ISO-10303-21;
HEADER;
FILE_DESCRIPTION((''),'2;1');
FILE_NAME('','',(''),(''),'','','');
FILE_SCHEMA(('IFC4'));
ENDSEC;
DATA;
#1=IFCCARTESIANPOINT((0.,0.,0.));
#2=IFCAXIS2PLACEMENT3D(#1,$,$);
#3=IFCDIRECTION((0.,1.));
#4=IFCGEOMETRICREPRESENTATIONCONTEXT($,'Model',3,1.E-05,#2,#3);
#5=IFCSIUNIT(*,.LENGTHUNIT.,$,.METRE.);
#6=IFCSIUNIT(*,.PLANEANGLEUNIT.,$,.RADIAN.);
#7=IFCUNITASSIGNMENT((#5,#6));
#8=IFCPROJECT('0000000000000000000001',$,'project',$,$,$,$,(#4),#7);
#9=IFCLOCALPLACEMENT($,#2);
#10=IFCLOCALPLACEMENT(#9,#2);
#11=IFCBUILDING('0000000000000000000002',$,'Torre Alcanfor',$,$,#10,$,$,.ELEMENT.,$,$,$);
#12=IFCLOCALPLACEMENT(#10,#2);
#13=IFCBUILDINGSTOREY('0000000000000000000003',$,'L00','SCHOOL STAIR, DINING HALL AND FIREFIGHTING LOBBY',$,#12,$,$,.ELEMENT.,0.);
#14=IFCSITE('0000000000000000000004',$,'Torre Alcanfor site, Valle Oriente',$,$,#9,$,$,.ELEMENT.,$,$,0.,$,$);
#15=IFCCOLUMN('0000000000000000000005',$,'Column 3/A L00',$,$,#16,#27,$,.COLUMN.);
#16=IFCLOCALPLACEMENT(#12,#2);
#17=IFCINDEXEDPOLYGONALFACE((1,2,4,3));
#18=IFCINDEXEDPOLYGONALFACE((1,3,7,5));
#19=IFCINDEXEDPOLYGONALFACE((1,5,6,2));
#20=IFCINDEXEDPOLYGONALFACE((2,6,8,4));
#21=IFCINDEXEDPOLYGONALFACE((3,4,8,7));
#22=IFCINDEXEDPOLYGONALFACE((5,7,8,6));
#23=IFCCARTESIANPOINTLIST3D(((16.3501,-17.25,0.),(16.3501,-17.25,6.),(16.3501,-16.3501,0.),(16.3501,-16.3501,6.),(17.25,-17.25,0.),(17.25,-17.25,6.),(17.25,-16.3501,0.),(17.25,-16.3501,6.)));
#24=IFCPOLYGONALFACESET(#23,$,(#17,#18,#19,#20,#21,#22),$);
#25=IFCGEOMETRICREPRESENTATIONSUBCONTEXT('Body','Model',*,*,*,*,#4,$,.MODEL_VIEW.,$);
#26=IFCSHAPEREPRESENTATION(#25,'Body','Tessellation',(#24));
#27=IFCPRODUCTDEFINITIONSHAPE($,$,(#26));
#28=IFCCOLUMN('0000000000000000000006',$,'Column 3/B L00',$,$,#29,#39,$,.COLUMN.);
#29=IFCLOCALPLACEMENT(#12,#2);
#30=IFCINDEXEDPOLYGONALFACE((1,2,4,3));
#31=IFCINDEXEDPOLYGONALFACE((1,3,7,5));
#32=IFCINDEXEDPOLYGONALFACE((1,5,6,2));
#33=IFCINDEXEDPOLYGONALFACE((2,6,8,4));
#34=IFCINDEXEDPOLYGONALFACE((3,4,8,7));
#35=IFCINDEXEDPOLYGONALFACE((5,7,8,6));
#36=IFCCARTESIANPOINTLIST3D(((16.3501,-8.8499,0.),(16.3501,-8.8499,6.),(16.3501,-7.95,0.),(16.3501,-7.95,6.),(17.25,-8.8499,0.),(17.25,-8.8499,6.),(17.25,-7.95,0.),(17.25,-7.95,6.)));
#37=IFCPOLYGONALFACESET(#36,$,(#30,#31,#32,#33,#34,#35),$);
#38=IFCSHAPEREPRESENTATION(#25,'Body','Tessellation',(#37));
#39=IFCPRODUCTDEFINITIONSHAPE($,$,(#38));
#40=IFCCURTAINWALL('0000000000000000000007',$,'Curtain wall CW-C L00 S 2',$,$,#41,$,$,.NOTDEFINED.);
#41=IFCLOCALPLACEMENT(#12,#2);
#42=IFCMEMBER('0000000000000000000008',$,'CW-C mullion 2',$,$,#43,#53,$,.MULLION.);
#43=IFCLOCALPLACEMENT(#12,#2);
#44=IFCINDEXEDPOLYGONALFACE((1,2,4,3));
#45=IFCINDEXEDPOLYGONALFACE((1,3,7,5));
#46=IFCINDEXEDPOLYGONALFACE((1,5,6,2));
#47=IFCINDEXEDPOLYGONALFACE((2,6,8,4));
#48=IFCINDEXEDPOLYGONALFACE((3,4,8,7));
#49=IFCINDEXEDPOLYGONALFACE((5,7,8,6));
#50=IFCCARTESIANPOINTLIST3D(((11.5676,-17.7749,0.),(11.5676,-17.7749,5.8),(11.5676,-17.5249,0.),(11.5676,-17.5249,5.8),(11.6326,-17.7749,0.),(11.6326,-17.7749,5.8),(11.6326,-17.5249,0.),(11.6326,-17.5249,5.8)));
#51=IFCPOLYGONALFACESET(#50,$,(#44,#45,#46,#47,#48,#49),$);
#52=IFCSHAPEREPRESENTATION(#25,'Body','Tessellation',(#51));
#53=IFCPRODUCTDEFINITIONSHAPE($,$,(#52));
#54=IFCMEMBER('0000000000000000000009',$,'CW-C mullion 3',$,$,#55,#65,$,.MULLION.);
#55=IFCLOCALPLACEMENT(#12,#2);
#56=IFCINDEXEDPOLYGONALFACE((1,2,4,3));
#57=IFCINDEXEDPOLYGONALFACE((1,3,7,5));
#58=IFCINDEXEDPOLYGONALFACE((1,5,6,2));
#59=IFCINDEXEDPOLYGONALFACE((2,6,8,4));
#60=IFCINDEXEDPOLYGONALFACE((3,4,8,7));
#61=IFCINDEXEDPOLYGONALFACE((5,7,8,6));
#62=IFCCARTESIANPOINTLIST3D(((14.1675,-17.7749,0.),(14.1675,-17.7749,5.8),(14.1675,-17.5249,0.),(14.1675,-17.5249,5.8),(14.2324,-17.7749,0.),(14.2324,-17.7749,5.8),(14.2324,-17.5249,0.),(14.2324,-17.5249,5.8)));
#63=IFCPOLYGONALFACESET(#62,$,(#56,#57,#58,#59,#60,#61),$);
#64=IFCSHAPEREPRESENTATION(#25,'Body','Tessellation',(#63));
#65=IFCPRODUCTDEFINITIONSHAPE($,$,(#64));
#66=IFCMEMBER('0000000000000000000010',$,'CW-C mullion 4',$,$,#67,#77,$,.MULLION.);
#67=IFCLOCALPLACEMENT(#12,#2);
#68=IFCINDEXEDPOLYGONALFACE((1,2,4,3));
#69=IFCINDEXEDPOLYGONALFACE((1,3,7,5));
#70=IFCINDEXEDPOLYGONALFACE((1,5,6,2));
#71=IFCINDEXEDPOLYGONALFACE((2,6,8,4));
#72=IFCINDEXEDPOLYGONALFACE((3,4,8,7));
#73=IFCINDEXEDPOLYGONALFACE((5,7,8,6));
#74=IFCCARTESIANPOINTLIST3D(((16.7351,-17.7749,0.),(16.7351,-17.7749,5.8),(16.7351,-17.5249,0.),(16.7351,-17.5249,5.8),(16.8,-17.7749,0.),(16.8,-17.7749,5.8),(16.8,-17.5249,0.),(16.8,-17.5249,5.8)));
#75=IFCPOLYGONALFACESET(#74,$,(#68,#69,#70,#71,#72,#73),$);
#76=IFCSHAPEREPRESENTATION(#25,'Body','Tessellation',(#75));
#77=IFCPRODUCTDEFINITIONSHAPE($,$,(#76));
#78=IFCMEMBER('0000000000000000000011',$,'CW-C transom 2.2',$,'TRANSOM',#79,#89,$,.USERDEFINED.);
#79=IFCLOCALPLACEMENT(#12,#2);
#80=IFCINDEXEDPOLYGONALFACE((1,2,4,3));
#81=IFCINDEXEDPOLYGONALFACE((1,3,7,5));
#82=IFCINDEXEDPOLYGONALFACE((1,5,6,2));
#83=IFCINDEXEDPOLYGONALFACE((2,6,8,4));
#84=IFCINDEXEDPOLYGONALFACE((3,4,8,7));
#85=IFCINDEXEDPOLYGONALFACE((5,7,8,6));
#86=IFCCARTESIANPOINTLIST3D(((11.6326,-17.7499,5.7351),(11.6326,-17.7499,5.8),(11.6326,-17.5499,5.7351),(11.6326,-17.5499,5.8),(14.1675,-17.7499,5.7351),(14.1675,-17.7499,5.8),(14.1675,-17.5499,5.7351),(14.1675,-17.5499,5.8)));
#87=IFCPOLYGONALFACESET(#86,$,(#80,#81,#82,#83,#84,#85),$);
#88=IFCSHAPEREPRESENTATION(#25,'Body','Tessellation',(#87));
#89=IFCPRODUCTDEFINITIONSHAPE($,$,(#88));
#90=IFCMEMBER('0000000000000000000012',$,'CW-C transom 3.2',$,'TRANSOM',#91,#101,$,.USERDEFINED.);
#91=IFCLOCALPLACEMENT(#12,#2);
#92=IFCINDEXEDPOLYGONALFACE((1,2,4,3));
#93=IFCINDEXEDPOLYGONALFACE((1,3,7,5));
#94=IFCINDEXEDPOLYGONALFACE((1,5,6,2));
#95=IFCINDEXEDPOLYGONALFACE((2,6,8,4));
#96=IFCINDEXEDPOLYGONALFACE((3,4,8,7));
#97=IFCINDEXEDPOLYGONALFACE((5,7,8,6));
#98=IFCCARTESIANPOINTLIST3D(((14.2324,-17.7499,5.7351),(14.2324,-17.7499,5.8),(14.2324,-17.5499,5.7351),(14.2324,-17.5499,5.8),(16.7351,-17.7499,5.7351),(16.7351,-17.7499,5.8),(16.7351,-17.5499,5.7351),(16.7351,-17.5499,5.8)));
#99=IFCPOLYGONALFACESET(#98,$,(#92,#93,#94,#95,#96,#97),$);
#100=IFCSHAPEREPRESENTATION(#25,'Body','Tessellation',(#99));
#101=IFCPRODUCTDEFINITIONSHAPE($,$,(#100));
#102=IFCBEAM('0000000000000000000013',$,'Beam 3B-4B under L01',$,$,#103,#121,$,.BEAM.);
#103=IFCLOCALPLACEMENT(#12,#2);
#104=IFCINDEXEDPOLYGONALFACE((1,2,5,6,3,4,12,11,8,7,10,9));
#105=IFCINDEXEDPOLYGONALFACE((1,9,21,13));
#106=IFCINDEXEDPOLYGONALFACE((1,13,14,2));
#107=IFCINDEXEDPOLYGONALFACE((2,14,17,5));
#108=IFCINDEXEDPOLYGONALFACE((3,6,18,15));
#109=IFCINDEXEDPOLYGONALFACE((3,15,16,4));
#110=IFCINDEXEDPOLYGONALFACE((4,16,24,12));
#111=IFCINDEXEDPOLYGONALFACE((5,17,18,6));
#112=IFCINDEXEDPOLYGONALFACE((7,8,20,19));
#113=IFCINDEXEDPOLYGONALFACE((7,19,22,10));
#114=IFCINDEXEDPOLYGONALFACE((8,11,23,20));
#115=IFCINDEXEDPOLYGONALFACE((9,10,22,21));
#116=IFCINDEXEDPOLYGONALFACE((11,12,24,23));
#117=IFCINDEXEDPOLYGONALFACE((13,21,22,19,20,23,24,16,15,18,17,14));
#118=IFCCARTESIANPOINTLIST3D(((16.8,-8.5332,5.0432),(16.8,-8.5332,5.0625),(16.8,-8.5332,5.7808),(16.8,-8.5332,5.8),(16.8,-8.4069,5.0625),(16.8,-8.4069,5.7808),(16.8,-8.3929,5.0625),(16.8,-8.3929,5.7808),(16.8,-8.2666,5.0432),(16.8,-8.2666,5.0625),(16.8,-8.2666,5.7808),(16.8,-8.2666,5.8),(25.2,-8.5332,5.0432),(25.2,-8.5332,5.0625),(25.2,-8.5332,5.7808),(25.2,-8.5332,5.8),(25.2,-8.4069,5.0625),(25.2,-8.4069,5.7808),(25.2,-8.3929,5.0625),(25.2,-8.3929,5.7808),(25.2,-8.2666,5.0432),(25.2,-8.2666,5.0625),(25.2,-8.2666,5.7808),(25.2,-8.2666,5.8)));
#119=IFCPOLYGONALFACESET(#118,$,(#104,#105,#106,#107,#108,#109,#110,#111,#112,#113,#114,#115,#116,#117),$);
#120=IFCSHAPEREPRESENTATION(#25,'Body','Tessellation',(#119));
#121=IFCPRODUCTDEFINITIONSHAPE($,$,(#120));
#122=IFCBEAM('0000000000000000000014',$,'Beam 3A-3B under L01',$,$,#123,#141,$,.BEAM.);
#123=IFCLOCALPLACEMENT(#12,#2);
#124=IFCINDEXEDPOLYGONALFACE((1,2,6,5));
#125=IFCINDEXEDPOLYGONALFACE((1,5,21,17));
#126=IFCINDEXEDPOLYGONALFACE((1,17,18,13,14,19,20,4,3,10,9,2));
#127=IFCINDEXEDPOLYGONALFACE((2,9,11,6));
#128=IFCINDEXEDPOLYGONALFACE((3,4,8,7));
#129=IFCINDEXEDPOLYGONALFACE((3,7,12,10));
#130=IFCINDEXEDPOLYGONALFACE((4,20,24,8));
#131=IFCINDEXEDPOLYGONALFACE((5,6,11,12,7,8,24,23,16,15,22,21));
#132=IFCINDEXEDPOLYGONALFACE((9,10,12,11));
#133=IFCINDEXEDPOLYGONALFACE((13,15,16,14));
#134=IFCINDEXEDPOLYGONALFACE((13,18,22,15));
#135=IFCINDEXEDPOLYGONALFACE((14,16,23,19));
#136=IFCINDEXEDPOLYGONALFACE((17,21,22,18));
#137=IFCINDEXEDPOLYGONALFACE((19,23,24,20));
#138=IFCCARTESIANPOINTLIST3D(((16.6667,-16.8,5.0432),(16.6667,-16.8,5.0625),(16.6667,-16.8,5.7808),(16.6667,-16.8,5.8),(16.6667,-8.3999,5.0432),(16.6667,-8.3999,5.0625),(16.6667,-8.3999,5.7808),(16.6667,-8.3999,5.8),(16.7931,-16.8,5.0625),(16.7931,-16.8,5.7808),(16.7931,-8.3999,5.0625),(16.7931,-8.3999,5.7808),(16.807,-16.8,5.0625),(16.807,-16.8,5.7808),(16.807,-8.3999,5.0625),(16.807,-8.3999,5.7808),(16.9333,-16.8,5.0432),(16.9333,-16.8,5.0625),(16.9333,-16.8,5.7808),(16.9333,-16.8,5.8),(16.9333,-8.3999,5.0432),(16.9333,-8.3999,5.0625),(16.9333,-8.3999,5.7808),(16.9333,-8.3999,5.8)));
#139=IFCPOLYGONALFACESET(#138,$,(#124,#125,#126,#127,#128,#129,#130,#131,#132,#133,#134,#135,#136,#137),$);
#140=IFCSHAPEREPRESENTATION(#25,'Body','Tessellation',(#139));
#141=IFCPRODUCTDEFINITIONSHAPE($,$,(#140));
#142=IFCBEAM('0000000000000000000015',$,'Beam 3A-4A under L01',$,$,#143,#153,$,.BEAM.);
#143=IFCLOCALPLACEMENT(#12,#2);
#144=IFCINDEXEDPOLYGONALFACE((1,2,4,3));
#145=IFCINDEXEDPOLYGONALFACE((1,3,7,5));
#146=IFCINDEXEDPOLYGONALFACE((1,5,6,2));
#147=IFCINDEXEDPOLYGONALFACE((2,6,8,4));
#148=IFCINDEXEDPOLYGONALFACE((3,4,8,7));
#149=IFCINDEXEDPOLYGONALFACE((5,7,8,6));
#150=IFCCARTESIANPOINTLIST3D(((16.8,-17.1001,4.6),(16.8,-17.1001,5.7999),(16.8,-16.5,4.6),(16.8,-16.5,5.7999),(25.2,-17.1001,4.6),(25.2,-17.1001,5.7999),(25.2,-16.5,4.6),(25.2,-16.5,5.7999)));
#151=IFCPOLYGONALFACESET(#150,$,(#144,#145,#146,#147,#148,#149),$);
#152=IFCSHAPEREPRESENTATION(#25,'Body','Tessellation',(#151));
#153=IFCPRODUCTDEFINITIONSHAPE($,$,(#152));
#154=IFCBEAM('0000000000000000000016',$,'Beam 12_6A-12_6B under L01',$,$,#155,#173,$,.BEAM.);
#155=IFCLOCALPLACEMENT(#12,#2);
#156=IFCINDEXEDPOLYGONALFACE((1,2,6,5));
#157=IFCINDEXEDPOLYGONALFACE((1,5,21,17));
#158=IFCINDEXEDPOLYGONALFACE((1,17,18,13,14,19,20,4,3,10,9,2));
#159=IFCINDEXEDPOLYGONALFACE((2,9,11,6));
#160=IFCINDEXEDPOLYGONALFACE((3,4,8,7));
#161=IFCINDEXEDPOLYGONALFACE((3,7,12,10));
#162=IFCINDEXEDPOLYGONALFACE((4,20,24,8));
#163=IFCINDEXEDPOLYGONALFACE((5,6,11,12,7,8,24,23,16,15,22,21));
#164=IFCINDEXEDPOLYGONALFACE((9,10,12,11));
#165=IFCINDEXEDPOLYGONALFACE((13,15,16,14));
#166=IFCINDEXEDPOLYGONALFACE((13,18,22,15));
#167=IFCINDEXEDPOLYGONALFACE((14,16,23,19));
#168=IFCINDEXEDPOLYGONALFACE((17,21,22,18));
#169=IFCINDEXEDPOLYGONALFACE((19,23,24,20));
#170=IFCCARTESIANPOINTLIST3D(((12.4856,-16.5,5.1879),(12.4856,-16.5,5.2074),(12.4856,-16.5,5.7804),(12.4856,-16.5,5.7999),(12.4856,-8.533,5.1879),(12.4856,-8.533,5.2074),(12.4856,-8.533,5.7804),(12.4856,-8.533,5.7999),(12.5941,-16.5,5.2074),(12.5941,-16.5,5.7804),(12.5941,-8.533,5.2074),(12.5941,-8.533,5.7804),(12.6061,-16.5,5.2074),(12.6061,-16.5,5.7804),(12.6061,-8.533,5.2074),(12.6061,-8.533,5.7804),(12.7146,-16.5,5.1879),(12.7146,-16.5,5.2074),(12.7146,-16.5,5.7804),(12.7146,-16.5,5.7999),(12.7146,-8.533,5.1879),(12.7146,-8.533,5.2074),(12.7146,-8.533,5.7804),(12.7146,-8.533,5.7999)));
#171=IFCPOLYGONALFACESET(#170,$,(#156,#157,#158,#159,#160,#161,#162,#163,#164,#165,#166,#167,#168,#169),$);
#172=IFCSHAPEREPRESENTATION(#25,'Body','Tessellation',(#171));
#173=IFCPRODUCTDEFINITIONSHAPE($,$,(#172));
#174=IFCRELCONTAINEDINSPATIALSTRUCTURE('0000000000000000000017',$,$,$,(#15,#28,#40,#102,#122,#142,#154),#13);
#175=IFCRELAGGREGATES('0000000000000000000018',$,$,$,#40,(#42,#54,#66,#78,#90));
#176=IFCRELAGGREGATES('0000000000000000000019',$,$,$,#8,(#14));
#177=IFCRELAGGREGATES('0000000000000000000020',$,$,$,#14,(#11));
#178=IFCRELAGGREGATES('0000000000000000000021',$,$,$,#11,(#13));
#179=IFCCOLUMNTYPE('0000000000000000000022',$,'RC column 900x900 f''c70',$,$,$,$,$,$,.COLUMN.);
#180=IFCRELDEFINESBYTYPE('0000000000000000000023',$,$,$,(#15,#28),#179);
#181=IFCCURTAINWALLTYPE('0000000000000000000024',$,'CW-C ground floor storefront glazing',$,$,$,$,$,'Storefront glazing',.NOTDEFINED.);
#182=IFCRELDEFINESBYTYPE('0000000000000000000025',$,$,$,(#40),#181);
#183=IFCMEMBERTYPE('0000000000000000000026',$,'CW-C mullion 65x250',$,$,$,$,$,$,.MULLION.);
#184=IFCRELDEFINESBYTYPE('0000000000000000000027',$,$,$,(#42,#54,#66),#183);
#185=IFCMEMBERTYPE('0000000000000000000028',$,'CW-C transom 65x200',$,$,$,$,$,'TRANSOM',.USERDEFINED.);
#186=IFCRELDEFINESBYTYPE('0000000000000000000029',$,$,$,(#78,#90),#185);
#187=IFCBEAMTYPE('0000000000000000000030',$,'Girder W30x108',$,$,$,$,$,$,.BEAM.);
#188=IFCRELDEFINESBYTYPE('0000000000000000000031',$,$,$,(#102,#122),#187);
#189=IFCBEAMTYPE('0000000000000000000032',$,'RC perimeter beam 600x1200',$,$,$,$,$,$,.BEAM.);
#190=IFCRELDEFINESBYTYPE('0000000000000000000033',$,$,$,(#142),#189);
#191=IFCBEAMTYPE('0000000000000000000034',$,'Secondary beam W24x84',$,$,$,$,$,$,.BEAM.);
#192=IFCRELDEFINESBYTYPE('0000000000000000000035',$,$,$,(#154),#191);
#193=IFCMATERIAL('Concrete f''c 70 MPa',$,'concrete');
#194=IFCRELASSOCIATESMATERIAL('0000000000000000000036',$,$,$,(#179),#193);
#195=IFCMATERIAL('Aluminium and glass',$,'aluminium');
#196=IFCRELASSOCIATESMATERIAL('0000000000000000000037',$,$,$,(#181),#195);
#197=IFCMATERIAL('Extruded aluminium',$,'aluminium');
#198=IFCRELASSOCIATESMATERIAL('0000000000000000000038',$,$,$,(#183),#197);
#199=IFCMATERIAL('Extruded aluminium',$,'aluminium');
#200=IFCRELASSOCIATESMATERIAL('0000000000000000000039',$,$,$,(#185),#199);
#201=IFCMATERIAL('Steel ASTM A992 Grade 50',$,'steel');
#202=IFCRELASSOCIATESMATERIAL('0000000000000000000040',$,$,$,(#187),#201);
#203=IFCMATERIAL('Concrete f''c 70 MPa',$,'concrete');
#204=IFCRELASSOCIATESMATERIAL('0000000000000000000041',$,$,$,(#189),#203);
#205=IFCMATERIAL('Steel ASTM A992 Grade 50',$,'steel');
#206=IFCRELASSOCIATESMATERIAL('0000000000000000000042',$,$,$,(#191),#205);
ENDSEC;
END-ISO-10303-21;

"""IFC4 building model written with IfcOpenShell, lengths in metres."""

from ifc_helpers import new_model, si_unit, direction, frame, origin, origin_2d, place, context, subcontext, project, spatial, rectangle, i_section, extrude, material, material_profile, profile_set, type_object, element, aggregate, save


model = new_model("IFC4")

# Units and contexts
model_context = context("Model", 3, precision=1e-05, world=origin(), true_north=direction((0.0, 1.0)))
body_context = subcontext(model_context, "Body", "Model", "MODEL_VIEW")
ifc_project = project(units=[si_unit("LENGTHUNIT", "METRE"), si_unit("PLANEANGLEUNIT", "RADIAN")], contexts=[model_context])

# Site, building, storey
site_placement = place(None, origin())
site = spatial("IfcSite", under=ifc_project, at=site_placement, Name="Torre Alcanfor site, Valle Oriente", CompositionType="ELEMENT", RefElevation=0.0)
building_placement = place(site_placement, origin())
building = spatial("IfcBuilding", under=site, at=building_placement, Name="Torre Alcanfor", CompositionType="ELEMENT")
storey_placement = place(building_placement, origin())
storey = spatial("IfcBuildingStorey", under=building, at=storey_placement, Name="L00", Description="SCHOOL STAIR, DINING HALL AND FIREFIGHTING LOBBY", CompositionType="ELEMENT", Elevation=0.0)

# Columns
ifc_material_1 = material(Name="Concrete f'c 70 MPa", Category="concrete")
ifc_material_profile_1 = material_profile(ifc_material_1, rectangle(XDim=0.8999, YDim=0.8999, at=origin_2d()), Name="900x900")
ifc_profile_set_1 = profile_set([ifc_material_profile_1], Name="Concrete f'c 70 MPa")
column_type = type_object("IfcColumnType", Name="RC column 900x900 f'c70", PredefinedType="COLUMN", material=ifc_profile_set_1)
for number, where, z_axis, x_axis, name in (
    (1, (16.8, -16.8, 0.0), (0.0, 0.0, 1.0), (1.0, 0.0, 0.0), "Column 3/A L00"),
    (2, (16.8, -8.3999, 0.0), (0.0, 0.0, 1.0), (1.0, 0.0, 0.0), "Column 3/B L00"),
):
    element("IfcColumn", number, at=place(storey_placement, frame(where, z_axis=z_axis, x_axis=x_axis)), inside=storey, type_object=column_type, Name=name, PredefinedType="COLUMN", context=body_context, shape_type="SweptSolid", body=[
        extrude(rectangle(XDim=0.8999, YDim=0.8999, at=origin_2d()), origin(), (0.0, 0.0, 1.0), 6.0),
    ])

# Curtain wall, members
ifc_material_2 = material(Name="Aluminium and glass", Category="aluminium")
curtain_wall_type = type_object("IfcCurtainWallType", Name="CW-C ground floor storefront glazing", ElementType="Storefront glazing", PredefinedType="NOTDEFINED", material=ifc_material_2)
curtain_wall_placement = place(storey_placement, origin())
curtain_wall = element("IfcCurtainWall", 3, at=curtain_wall_placement, inside=storey, type_object=curtain_wall_type, Name="Curtain wall CW-C L00 S 2", PredefinedType="NOTDEFINED")
ifc_material_3 = material(Name="Extruded aluminium", Category="aluminium")
ifc_material_profile_2 = material_profile(ifc_material_3, rectangle(XDim=0.25, YDim=0.0649, at=origin_2d()), Name="CW-C mullion 65x250")
ifc_profile_set_2 = profile_set([ifc_material_profile_2], Name="Extruded aluminium")
member_type_1 = type_object("IfcMemberType", Name="CW-C mullion 65x250", PredefinedType="MULLION", material=ifc_profile_set_2)
member_1_placement = place(storey_placement, frame((11.6001, -17.6499, 0.0), z_axis=(0.0, 0.0, 1.0), x_axis=(0.0, 1.0, 0.0)))
member_1 = element("IfcMember", 4, at=member_1_placement, type_object=member_type_1, Name="CW-C mullion 2", PredefinedType="MULLION", context=body_context, shape_type="SweptSolid", body=[
    extrude(rectangle(XDim=0.25, YDim=0.0649, at=origin_2d()), origin(), (0.0, 0.0, 1.0), 5.8),
])
member_2_placement = place(storey_placement, frame((14.2, -17.6499, 0.0), z_axis=(0.0, 0.0, 1.0), x_axis=(0.0, 1.0, 0.0)))
member_2 = element("IfcMember", 5, at=member_2_placement, type_object=member_type_1, Name="CW-C mullion 3", PredefinedType="MULLION", context=body_context, shape_type="SweptSolid", body=[
    extrude(rectangle(XDim=0.25, YDim=0.0649, at=origin_2d()), origin(), (0.0, 0.0, 1.0), 5.8),
])
member_3_placement = place(storey_placement, frame((16.7676, -17.6499, 0.0), z_axis=(0.0, 0.0, 1.0), x_axis=(0.0, 1.0, 0.0)))
member_3 = element("IfcMember", 6, at=member_3_placement, type_object=member_type_1, Name="CW-C mullion 4", PredefinedType="MULLION", context=body_context, shape_type="SweptSolid", body=[
    extrude(rectangle(XDim=0.25, YDim=0.0649, at=origin_2d()), origin(), (0.0, 0.0, 1.0), 5.8),
])
ifc_material_4 = material(Name="Extruded aluminium", Category="aluminium")
ifc_material_profile_3 = material_profile(ifc_material_4, rectangle(XDim=0.2, YDim=0.0649, at=origin_2d()), Name="CW-C transom 200x65")
ifc_profile_set_3 = profile_set([ifc_material_profile_3], Name="Extruded aluminium")
member_type_2 = type_object("IfcMemberType", Name="CW-C transom 65x200", ElementType="TRANSOM", PredefinedType="USERDEFINED", material=ifc_profile_set_3)
member_4_placement = place(storey_placement, frame((11.6326, -17.6499, 5.7676), z_axis=(1.0, 0.0, 0.0), x_axis=(0.0, 1.0, 0.0)))
member_4 = element("IfcMember", 7, at=member_4_placement, type_object=member_type_2, Name="CW-C transom 2.2", ObjectType="TRANSOM", PredefinedType="USERDEFINED", context=body_context, shape_type="SweptSolid", body=[
    extrude(rectangle(XDim=0.2, YDim=0.0649, at=origin_2d()), origin(), (0.0, 0.0, 1.0), 2.5349),
])
member_5_placement = place(storey_placement, frame((14.2324, -17.6499, 5.7676), z_axis=(1.0, 0.0, 0.0), x_axis=(0.0, 1.0, 0.0)))
member_5 = element("IfcMember", 8, at=member_5_placement, type_object=member_type_2, Name="CW-C transom 3.2", ObjectType="TRANSOM", PredefinedType="USERDEFINED", context=body_context, shape_type="SweptSolid", body=[
    extrude(rectangle(XDim=0.2, YDim=0.0649, at=origin_2d()), origin(), (0.0, 0.0, 1.0), 2.5027),
])

# Beams
ifc_material_5 = material(Name="Steel ASTM A992 Grade 50", Category="steel")
ifc_material_profile_4 = material_profile(ifc_material_5, i_section(OverallWidth=0.2666, OverallDepth=0.7568, WebThickness=0.0139, FlangeThickness=0.0193, at=origin_2d()), Name="W30x108")
ifc_profile_set_4 = profile_set([ifc_material_profile_4], Name="Steel ASTM A992 Grade 50")
beam_type_1 = type_object("IfcBeamType", Name="Girder W30x108", PredefinedType="BEAM", material=ifc_profile_set_4)
beam_1_placement = place(storey_placement, frame((16.8, -8.3999, 5.4216), z_axis=(1.0, 0.0, 0.0), x_axis=(0.0, 1.0, 0.0)))
element("IfcBeam", 9, at=beam_1_placement, inside=storey, type_object=beam_type_1, Name="Beam 3B-4B under L01", PredefinedType="BEAM", context=body_context, shape_type="SweptSolid", body=[
    extrude(i_section(OverallWidth=0.2666, OverallDepth=0.7568, WebThickness=0.0139, FlangeThickness=0.0193, at=origin_2d()), origin(), (0.0, 0.0, 1.0), 8.3999),
])
beam_2_placement = place(storey_placement, frame((16.8, -16.8, 5.4216), z_axis=(0.0, 1.0, 0.0), x_axis=(-1.0, 0.0, 0.0)))
element("IfcBeam", 10, at=beam_2_placement, inside=storey, type_object=beam_type_1, Name="Beam 3A-3B under L01", PredefinedType="BEAM", context=body_context, shape_type="SweptSolid", body=[
    extrude(i_section(OverallWidth=0.2666, OverallDepth=0.7568, WebThickness=0.0139, FlangeThickness=0.0193, at=origin_2d()), origin(), (0.0, 0.0, 1.0), 8.4001),
])
ifc_material_6 = material(Name="Concrete f'c 70 MPa", Category="concrete")
ifc_material_profile_5 = material_profile(ifc_material_6, rectangle(XDim=0.6001, YDim=1.2, at=origin_2d()), Name="600x1200")
ifc_profile_set_5 = profile_set([ifc_material_profile_5], Name="Concrete f'c 70 MPa")
beam_type_2 = type_object("IfcBeamType", Name="RC perimeter beam 600x1200", PredefinedType="BEAM", material=ifc_profile_set_5)
beam_3_placement = place(storey_placement, frame((16.8, -16.8, 5.2), z_axis=(1.0, 0.0, 0.0), x_axis=(0.0, 1.0, 0.0)))
element("IfcBeam", 11, at=beam_3_placement, inside=storey, type_object=beam_type_2, Name="Beam 3A-4A under L01", PredefinedType="BEAM", context=body_context, shape_type="SweptSolid", body=[
    extrude(rectangle(XDim=0.6001, YDim=1.2, at=origin_2d()), origin(), (0.0, 0.0, 1.0), 8.3999),
])
ifc_material_7 = material(Name="Steel ASTM A992 Grade 50", Category="steel")
ifc_material_profile_6 = material_profile(ifc_material_7, i_section(OverallWidth=0.229, OverallDepth=0.6121, WebThickness=0.012, FlangeThickness=0.0195, at=origin_2d()), Name="W24x84")
ifc_profile_set_6 = profile_set([ifc_material_profile_6], Name="Steel ASTM A992 Grade 50")
beam_type_3 = type_object("IfcBeamType", Name="Secondary beam W24x84", PredefinedType="BEAM", material=ifc_profile_set_6)
beam_4_placement = place(storey_placement, frame((12.6001, -16.5, 5.4939), z_axis=(0.0, 1.0, 0.0), x_axis=(-1.0, 0.0, 0.0)))
element("IfcBeam", 12, at=beam_4_placement, inside=storey, type_object=beam_type_3, Name="Beam 12_6A-12_6B under L01", PredefinedType="BEAM", context=body_context, shape_type="SweptSolid", body=[
    extrude(i_section(OverallWidth=0.229, OverallDepth=0.6121, WebThickness=0.012, FlangeThickness=0.0195, at=origin_2d()), origin(), (0.0, 0.0, 1.0), 7.967),
])

aggregate(curtain_wall, [member_1, member_2, member_3, member_4, member_5])

save(model, "model.ifc")
